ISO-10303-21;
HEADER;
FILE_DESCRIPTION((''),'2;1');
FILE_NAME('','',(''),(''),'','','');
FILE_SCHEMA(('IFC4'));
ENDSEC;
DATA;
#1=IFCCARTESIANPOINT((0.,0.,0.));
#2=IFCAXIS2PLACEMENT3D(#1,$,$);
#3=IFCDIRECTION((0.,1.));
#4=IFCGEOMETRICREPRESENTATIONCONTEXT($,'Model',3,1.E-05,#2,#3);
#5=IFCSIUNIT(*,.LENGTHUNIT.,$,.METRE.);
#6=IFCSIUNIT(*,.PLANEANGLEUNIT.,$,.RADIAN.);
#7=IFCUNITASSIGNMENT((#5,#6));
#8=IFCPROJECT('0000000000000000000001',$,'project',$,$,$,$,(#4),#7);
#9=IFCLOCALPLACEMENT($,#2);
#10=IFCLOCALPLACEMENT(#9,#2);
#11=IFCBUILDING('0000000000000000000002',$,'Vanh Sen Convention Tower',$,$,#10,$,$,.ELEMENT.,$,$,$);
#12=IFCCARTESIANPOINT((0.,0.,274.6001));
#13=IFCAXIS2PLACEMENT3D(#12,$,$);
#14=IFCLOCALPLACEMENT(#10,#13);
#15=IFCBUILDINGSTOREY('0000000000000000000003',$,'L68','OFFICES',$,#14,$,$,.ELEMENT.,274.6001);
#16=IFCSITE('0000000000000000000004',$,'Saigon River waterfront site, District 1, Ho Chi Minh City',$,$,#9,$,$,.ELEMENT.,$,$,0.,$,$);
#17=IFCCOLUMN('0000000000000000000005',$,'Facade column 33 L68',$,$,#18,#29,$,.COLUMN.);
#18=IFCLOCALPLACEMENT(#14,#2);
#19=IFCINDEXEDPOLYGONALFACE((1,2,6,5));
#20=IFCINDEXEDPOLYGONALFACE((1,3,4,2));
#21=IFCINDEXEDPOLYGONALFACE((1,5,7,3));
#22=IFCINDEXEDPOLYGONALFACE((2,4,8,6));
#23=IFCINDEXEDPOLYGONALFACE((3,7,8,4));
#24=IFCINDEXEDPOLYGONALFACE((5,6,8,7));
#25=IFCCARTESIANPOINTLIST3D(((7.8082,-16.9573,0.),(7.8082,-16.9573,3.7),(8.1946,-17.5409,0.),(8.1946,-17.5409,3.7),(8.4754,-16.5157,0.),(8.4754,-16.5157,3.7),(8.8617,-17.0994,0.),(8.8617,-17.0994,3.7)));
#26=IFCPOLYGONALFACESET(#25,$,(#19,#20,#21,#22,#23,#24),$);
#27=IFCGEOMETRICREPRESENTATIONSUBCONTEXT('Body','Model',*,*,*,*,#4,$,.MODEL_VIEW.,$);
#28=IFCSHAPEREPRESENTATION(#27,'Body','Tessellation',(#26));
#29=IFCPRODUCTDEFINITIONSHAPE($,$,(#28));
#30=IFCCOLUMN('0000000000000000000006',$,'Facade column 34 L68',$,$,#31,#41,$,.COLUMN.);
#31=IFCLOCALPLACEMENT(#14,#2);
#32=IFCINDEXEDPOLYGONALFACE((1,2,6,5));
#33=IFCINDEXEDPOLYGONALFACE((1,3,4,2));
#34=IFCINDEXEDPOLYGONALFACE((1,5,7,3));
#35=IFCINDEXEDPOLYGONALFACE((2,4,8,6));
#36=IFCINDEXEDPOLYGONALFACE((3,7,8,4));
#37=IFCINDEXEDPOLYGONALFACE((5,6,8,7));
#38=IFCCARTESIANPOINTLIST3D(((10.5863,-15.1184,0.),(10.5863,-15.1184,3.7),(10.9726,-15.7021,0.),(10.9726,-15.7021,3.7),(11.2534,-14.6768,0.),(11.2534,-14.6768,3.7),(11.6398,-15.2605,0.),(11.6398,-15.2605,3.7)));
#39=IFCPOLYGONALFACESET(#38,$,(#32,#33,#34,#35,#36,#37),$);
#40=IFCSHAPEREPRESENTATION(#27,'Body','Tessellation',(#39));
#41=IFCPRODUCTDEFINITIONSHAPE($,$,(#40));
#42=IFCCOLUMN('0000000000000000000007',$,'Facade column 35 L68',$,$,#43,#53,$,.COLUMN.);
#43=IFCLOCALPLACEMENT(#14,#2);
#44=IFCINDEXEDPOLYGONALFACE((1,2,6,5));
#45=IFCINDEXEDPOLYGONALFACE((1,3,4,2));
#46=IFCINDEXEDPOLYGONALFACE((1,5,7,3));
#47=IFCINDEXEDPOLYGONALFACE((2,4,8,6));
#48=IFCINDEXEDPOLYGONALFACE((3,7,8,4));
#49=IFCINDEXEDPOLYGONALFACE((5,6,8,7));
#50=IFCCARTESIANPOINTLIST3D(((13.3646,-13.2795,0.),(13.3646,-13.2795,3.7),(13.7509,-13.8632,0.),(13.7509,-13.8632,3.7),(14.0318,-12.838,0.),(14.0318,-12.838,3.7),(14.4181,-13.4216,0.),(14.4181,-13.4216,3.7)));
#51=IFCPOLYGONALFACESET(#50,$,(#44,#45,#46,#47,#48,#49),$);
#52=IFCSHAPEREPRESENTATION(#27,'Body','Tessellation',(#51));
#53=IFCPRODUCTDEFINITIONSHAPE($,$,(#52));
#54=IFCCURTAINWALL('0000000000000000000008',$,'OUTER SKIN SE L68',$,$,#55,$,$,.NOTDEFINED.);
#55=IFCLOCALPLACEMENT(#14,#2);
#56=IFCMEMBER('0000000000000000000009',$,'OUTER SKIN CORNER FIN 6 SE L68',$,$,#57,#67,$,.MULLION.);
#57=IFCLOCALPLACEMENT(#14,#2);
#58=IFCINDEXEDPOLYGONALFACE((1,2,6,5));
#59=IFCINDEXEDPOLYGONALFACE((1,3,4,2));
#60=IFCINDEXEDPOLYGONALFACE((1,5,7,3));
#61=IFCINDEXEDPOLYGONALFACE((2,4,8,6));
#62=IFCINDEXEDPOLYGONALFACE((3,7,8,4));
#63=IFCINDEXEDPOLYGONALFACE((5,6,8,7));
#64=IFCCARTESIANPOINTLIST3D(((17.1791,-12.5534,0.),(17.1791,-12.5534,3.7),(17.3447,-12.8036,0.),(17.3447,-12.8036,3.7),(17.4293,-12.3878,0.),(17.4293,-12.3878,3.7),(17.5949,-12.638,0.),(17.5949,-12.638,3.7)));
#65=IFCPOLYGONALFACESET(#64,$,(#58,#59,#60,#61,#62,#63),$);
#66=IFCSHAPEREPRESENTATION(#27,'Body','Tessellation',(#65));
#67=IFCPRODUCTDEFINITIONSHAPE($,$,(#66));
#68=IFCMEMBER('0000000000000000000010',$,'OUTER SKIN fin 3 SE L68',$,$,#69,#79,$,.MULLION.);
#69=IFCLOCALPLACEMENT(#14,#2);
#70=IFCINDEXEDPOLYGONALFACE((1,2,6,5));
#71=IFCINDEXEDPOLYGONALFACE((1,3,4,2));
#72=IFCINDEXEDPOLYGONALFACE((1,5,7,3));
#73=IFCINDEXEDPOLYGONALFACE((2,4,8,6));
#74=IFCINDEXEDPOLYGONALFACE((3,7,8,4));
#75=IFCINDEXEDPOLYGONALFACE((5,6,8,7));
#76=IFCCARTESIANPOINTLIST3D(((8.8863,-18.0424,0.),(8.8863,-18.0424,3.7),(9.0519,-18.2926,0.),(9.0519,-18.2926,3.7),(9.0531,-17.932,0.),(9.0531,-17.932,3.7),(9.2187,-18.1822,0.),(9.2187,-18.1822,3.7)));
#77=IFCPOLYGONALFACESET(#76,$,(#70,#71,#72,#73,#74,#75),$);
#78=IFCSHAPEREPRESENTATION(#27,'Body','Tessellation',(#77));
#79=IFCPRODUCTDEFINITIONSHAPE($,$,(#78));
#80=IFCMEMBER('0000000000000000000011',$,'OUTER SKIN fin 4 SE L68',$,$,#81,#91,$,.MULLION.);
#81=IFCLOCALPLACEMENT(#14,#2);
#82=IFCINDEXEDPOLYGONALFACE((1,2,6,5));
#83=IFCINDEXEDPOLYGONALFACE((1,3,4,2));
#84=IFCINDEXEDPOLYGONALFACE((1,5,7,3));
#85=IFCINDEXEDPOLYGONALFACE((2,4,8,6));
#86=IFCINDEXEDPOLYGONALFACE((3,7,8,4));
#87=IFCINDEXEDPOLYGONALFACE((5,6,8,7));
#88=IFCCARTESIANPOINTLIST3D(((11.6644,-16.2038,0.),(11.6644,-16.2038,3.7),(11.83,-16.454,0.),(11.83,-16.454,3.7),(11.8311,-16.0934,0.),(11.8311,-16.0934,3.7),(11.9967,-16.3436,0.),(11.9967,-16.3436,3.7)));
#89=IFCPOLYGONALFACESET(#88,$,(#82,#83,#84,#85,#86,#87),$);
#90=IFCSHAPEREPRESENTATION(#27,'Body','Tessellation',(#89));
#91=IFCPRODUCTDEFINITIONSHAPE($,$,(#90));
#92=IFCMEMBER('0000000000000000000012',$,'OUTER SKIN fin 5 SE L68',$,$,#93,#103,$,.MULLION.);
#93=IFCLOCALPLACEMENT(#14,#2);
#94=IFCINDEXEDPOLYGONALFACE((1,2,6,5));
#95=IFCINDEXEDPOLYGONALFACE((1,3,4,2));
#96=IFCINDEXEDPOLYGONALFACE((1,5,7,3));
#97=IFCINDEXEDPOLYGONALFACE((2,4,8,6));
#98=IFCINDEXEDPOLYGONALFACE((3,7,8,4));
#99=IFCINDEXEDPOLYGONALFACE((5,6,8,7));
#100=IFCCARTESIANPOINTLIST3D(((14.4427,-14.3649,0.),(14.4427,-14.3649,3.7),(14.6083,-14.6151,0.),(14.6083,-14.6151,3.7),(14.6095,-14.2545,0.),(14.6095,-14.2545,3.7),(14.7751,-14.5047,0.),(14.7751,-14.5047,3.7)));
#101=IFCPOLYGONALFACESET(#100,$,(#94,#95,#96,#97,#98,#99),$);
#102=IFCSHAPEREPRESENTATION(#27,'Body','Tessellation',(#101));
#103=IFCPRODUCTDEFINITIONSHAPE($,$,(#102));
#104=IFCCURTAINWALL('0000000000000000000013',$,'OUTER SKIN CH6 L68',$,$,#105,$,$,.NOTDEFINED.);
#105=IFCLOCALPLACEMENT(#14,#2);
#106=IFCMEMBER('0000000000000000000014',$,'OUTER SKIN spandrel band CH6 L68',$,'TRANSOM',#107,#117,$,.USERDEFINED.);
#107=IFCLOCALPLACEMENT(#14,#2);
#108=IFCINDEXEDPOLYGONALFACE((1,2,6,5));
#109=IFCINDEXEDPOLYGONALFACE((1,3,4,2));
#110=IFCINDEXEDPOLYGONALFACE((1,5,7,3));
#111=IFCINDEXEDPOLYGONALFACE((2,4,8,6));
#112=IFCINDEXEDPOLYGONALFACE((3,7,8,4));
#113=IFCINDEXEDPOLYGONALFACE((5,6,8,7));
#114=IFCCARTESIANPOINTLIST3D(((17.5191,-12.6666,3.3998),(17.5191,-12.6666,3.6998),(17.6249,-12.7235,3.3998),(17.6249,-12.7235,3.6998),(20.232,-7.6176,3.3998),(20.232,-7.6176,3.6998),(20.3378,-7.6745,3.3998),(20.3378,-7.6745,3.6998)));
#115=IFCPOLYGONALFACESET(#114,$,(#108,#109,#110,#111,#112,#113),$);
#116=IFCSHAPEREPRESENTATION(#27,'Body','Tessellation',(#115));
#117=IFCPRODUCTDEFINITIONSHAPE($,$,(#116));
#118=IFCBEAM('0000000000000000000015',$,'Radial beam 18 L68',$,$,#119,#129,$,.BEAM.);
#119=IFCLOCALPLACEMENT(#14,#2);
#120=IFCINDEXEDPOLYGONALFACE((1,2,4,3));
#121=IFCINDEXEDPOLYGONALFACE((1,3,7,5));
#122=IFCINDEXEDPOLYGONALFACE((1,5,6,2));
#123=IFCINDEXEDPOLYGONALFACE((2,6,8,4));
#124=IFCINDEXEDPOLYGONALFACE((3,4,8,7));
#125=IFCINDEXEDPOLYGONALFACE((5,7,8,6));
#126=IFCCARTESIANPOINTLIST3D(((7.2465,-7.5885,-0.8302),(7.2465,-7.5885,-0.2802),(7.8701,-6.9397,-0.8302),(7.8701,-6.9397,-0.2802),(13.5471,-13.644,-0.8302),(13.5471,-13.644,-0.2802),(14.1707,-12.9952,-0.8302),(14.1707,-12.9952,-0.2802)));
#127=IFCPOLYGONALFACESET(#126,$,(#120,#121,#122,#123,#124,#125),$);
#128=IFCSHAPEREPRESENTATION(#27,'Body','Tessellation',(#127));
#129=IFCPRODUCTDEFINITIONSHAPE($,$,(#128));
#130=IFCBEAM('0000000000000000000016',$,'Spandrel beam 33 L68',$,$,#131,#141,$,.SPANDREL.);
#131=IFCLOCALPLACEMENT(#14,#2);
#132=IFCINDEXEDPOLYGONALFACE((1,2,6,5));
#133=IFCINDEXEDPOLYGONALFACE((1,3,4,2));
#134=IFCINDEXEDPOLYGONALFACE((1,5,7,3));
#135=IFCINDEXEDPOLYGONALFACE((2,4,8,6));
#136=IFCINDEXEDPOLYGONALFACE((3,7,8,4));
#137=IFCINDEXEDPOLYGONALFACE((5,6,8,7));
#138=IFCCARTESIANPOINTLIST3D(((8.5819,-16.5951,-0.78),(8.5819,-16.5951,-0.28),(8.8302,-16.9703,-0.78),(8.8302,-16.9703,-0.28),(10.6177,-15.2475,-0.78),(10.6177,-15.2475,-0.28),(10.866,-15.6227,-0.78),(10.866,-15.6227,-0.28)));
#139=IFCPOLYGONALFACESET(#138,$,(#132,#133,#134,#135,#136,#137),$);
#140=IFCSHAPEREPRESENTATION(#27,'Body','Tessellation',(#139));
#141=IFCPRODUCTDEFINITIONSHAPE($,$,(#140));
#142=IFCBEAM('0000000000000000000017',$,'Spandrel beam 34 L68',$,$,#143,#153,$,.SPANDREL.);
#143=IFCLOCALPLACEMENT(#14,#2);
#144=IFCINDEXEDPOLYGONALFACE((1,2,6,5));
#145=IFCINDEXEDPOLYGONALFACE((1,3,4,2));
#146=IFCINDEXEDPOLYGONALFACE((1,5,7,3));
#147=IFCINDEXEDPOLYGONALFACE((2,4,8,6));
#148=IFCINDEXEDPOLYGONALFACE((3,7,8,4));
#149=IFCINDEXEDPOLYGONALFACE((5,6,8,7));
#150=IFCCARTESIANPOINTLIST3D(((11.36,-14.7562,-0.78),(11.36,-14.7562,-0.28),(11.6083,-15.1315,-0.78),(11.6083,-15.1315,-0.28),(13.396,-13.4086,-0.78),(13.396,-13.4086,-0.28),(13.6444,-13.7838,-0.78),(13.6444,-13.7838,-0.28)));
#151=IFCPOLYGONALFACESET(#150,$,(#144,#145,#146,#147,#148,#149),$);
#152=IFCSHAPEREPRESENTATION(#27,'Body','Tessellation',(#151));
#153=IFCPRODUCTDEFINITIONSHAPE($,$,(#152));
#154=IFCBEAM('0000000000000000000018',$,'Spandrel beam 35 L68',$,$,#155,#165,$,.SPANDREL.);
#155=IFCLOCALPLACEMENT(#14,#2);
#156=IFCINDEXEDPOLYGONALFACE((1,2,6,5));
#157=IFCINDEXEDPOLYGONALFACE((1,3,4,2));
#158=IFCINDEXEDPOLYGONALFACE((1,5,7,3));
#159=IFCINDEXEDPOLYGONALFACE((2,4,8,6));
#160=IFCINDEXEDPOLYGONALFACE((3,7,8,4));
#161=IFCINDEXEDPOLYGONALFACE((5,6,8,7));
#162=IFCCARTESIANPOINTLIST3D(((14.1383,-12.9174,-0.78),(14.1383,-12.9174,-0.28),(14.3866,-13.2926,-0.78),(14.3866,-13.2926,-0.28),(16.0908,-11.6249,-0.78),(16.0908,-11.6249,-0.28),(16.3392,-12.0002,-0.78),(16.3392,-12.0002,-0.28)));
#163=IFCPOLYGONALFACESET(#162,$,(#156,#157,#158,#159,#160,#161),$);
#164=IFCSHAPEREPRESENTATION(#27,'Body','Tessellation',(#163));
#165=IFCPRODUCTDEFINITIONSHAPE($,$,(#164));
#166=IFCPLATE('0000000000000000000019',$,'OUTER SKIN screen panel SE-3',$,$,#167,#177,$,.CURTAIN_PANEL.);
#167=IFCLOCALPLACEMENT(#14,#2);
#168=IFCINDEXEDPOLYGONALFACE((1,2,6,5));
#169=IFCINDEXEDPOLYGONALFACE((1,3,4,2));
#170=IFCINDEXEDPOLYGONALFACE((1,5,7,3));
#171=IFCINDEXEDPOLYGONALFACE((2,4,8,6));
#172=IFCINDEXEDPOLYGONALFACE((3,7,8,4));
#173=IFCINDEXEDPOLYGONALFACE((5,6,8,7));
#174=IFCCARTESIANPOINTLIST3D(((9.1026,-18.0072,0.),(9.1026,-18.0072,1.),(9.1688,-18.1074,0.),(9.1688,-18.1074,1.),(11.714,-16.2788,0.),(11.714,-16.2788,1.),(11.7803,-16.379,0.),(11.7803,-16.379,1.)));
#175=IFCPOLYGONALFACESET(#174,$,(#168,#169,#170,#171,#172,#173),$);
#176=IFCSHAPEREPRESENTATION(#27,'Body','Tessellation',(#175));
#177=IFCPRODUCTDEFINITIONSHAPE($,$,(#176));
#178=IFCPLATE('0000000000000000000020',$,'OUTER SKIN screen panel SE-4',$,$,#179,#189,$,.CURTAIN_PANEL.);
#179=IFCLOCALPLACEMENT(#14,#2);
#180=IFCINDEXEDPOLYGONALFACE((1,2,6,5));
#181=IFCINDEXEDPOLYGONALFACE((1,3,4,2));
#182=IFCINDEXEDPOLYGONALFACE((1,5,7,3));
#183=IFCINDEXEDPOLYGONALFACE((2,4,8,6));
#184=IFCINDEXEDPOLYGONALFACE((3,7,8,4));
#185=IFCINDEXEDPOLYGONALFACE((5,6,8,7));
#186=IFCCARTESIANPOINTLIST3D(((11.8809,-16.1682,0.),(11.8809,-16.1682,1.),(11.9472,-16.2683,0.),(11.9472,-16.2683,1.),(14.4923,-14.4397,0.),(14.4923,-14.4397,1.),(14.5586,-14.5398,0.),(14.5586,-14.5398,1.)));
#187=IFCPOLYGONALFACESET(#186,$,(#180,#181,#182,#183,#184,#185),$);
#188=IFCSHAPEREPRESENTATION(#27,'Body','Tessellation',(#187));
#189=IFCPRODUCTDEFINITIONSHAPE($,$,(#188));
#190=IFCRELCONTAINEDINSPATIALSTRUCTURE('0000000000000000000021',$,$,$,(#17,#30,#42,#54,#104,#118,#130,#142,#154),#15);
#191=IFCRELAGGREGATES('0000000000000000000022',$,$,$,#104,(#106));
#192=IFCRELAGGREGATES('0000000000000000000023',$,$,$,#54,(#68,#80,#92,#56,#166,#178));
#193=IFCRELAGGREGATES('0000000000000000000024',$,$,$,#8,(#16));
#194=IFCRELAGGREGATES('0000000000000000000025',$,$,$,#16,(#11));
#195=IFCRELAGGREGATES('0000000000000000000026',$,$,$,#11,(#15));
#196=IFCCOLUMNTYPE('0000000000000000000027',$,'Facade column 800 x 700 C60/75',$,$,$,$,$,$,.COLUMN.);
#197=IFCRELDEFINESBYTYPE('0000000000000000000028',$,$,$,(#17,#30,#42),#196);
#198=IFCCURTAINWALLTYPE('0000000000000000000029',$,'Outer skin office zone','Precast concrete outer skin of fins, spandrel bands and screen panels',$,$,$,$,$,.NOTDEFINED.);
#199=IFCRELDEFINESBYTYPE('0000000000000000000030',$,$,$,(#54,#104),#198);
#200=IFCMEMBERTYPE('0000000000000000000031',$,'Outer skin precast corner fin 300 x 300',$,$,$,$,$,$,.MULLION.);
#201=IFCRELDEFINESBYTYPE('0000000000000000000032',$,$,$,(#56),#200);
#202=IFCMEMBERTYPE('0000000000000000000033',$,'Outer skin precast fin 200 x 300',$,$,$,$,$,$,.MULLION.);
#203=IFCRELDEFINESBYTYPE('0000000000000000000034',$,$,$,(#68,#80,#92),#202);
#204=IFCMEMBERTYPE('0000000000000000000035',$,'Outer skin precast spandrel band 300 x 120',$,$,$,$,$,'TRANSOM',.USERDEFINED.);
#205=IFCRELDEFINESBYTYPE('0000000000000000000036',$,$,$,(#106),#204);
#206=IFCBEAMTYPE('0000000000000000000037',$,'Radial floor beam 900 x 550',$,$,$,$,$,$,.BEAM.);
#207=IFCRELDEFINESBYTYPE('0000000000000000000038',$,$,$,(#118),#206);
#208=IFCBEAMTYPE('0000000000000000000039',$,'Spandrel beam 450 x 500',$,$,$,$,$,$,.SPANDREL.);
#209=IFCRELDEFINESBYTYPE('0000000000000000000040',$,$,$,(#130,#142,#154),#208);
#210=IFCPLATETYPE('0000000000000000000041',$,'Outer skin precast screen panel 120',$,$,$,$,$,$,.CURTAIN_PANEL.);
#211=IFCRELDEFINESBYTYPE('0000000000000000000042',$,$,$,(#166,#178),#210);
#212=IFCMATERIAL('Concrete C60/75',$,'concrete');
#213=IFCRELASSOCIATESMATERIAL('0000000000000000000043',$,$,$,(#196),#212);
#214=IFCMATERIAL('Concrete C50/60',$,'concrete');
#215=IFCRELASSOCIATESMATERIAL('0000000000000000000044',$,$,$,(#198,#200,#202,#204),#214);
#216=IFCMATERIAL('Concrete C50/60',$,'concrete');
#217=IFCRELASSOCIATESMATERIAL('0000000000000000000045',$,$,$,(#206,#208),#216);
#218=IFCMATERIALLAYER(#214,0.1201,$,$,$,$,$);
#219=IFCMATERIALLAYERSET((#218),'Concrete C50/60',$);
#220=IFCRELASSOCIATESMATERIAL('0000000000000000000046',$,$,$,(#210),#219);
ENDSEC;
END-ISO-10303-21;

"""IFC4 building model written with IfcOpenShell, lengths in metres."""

from ifc_helpers import new_model, si_unit, direction, frame, origin, origin_2d, place, context, subcontext, project, spatial, rectangle, extrude, material, layer, layer_set, material_profile, profile_set, type_object, element, aggregate, save


model = new_model("IFC4")

# Units and contexts
model_context = context("Model", 3, precision=1e-05, world=origin(), true_north=direction((0.0, 1.0)))
body_context = subcontext(model_context, "Body", "Model", "MODEL_VIEW")
ifc_project = project(units=[si_unit("LENGTHUNIT", "METRE"), si_unit("PLANEANGLEUNIT", "RADIAN")], contexts=[model_context])

# Site, building, storey
site_placement = place(None, origin())
site = spatial("IfcSite", under=ifc_project, at=site_placement, Name="Saigon River waterfront site, District 1, Ho Chi Minh City", CompositionType="ELEMENT", RefElevation=0.0)
building_placement = place(site_placement, origin())
building = spatial("IfcBuilding", under=site, at=building_placement, Name="Vanh Sen Convention Tower", CompositionType="ELEMENT")
storey_placement = place(building_placement, frame((0.0, 0.0, 274.6001)))
storey = spatial("IfcBuildingStorey", under=building, at=storey_placement, Name="L68", Description="OFFICES", CompositionType="ELEMENT", Elevation=274.6001)

# Columns
ifc_material_1 = material(Name="Concrete C60/75", Category="concrete")
ifc_material_profile_1 = material_profile(ifc_material_1, rectangle(XDim=0.8, YDim=0.7, at=origin_2d()), Name="RC 800X700")
ifc_profile_set_1 = profile_set([ifc_material_profile_1], Name="Concrete C60/75")
column_type = type_object("IfcColumnType", Name="Facade column 800 x 700 C60/75", PredefinedType="COLUMN", material=ifc_profile_set_1)
for number, where, z_axis, x_axis, name in (
    (1, (8.335, -17.0283, 0.0), (0.0, 0.0, 1.0), (0.833886, 0.551937, 0.0), "Facade column 33 L68"),
    (2, (11.113, -15.1895, 0.0), (0.0, 0.0, 1.0), (0.833886, 0.551937, 0.0), "Facade column 34 L68"),
    (3, (13.8914, -13.3506, 0.0), (0.0, 0.0, 1.0), (0.833886, 0.551937, 0.0), "Facade column 35 L68"),
):
    element("IfcColumn", number, at=place(storey_placement, frame(where, z_axis=z_axis, x_axis=x_axis)), inside=storey, type_object=column_type, Name=name, PredefinedType="COLUMN", context=body_context, shape_type="SweptSolid", body=[
        extrude(rectangle(XDim=0.8, YDim=0.7, at=origin_2d()), origin(), (0.0, 0.0, 1.0), 3.7),
    ])

# Curtain wall, members
ifc_material_2 = material(Name="Concrete C50/60", Category="concrete")
curtain_wall_type = type_object("IfcCurtainWallType", Name="Outer skin office zone", Description="Precast concrete outer skin of fins, spandrel bands and screen panels", PredefinedType="NOTDEFINED", material=ifc_material_2)
curtain_wall_1_placement = place(storey_placement, origin())
curtain_wall_1 = element("IfcCurtainWall", 4, at=curtain_wall_1_placement, inside=storey, type_object=curtain_wall_type, Name="OUTER SKIN SE L68", PredefinedType="NOTDEFINED")
ifc_material_profile_2 = material_profile(ifc_material_2, rectangle(XDim=0.3, YDim=0.3, at=origin_2d()), Name="Outer skin precast corner fin 300 x 300")
ifc_profile_set_2 = profile_set([ifc_material_profile_2], Name="Concrete C50/60")
member_type_1 = type_object("IfcMemberType", Name="Outer skin precast corner fin 300 x 300", PredefinedType="MULLION", material=ifc_profile_set_2)
member_1_placement = place(storey_placement, frame((17.387, -12.5957, 0.0), z_axis=(0.0, 0.0, 1.0), x_axis=(0.833886, 0.551937, 0.0)))
member_1 = element("IfcMember", 5, at=member_1_placement, type_object=member_type_1, Name="OUTER SKIN CORNER FIN 6 SE L68", PredefinedType="MULLION", context=body_context, shape_type="SweptSolid", body=[
    extrude(rectangle(XDim=0.3, YDim=0.3, at=origin_2d()), origin(), (0.0, 0.0, 1.0), 3.7),
])
ifc_material_profile_3 = material_profile(ifc_material_2, rectangle(XDim=0.2, YDim=0.3, at=origin_2d()), Name="Outer skin precast fin 200 x 300")
ifc_profile_set_3 = profile_set([ifc_material_profile_3], Name="Concrete C50/60")
member_type_2 = type_object("IfcMemberType", Name="Outer skin precast fin 200 x 300", PredefinedType="MULLION", material=ifc_profile_set_3)
member_2_placement = place(storey_placement, frame((9.0525, -18.1123, 0.0), z_axis=(0.0, 0.0, 1.0), x_axis=(0.833886, 0.551937, 0.0)))
member_2 = element("IfcMember", 6, at=member_2_placement, type_object=member_type_2, Name="OUTER SKIN fin 3 SE L68", PredefinedType="MULLION", context=body_context, shape_type="SweptSolid", body=[
    extrude(rectangle(XDim=0.2, YDim=0.3, at=origin_2d()), origin(), (0.0, 0.0, 1.0), 3.7),
])
member_3_placement = place(storey_placement, frame((11.8306, -16.2737, 0.0), z_axis=(0.0, 0.0, 1.0), x_axis=(0.833886, 0.551937, 0.0)))
member_3 = element("IfcMember", 7, at=member_3_placement, type_object=member_type_2, Name="OUTER SKIN fin 4 SE L68", PredefinedType="MULLION", context=body_context, shape_type="SweptSolid", body=[
    extrude(rectangle(XDim=0.2, YDim=0.3, at=origin_2d()), origin(), (0.0, 0.0, 1.0), 3.7),
])
member_4_placement = place(storey_placement, frame((14.6089, -14.4348, 0.0), z_axis=(0.0, 0.0, 1.0), x_axis=(0.833886, 0.551937, 0.0)))
member_4 = element("IfcMember", 8, at=member_4_placement, type_object=member_type_2, Name="OUTER SKIN fin 5 SE L68", PredefinedType="MULLION", context=body_context, shape_type="SweptSolid", body=[
    extrude(rectangle(XDim=0.2, YDim=0.3, at=origin_2d()), origin(), (0.0, 0.0, 1.0), 3.7),
])

# Curtain wall, member
curtain_wall_2_placement = place(storey_placement, origin())
curtain_wall_2 = element("IfcCurtainWall", 9, at=curtain_wall_2_placement, inside=storey, type_object=curtain_wall_type, Name="OUTER SKIN CH6 L68", PredefinedType="NOTDEFINED")
ifc_material_profile_4 = material_profile(ifc_material_2, rectangle(XDim=0.1201, YDim=0.3, at=origin_2d()), Name="Outer skin precast spandrel band 300 x 120")
ifc_profile_set_4 = profile_set([ifc_material_profile_4], Name="Concrete C50/60")
member_type_3 = type_object("IfcMemberType", Name="Outer skin precast spandrel band 300 x 120", ElementType="TRANSOM", PredefinedType="USERDEFINED", material=ifc_profile_set_4)
member_5_placement = place(storey_placement, frame((17.572, -12.6951, 3.5498), z_axis=(0.47331, 0.880896, 0.0), x_axis=(-0.880896, 0.47331, 0.0)))
member_5 = element("IfcMember", 10, at=member_5_placement, type_object=member_type_3, Name="OUTER SKIN spandrel band CH6 L68", ObjectType="TRANSOM", PredefinedType="USERDEFINED", context=body_context, shape_type="SweptSolid", body=[
    extrude(rectangle(XDim=0.1201, YDim=0.3, at=origin_2d()), origin(), (0.0, 0.0, 1.0), 5.7317),
])
aggregate(curtain_wall_2, [member_5])

# Beams
ifc_material_3 = material(Name="Concrete C50/60", Category="concrete")
ifc_material_profile_5 = material_profile(ifc_material_3, rectangle(XDim=0.8999, YDim=0.55, at=origin_2d()), Name="RC 900X550")
ifc_profile_set_5 = profile_set([ifc_material_profile_5], Name="Concrete C50/60")
beam_type_1 = type_object("IfcBeamType", Name="Radial floor beam 900 x 550", PredefinedType="BEAM", material=ifc_profile_set_5)
beam_1_placement = place(storey_placement, frame((13.8589, -13.3196, -0.5552), z_axis=(-0.720992, 0.692943, 0.0), x_axis=(-0.692943, -0.720992, 0.0)))
element("IfcBeam", 11, at=beam_1_placement, inside=storey, type_object=beam_type_1, Name="Radial beam 18 L68", PredefinedType="BEAM", context=body_context, shape_type="SweptSolid", body=[
    extrude(rectangle(XDim=0.8999, YDim=0.55, at=origin_2d()), origin(), (0.0, 0.0, 1.0), 8.7388),
])
ifc_material_profile_6 = material_profile(ifc_material_3, rectangle(XDim=0.45, YDim=0.5, at=origin_2d()), Name="RC 450X500")
ifc_profile_set_6 = profile_set([ifc_material_profile_6], Name="Concrete C50/60")
beam_type_2 = type_object("IfcBeamType", Name="Spandrel beam 450 x 500", PredefinedType="SPANDREL", material=ifc_profile_set_6)
beam_2_placement = place(storey_placement, frame((8.7061, -16.7827, -0.53), z_axis=(0.833861, 0.551974, 0.0), x_axis=(-0.551974, 0.833861, 0.0)))
element("IfcBeam", 12, at=beam_2_placement, inside=storey, type_object=beam_type_2, Name="Spandrel beam 33 L68", PredefinedType="SPANDREL", context=body_context, shape_type="SweptSolid", body=[
    extrude(rectangle(XDim=0.45, YDim=0.5, at=origin_2d()), origin(), (0.0, 0.0, 1.0), 2.4414),
])
beam_3_placement = place(storey_placement, frame((11.4841, -14.9438, -0.53), z_axis=(0.833892, 0.551928, 0.0), x_axis=(-0.551928, 0.833892, 0.0)))
element("IfcBeam", 13, at=beam_3_placement, inside=storey, type_object=beam_type_2, Name="Spandrel beam 34 L68", PredefinedType="SPANDREL", context=body_context, shape_type="SweptSolid", body=[
    extrude(rectangle(XDim=0.45, YDim=0.5, at=origin_2d()), origin(), (0.0, 0.0, 1.0), 2.4417),
])
beam_4_placement = place(storey_placement, frame((14.2625, -13.105, -0.53), z_axis=(0.833874, 0.551954, 0.0), x_axis=(-0.551954, 0.833874, 0.0)))
element("IfcBeam", 14, at=beam_4_placement, inside=storey, type_object=beam_type_2, Name="Spandrel beam 35 L68", PredefinedType="SPANDREL", context=body_context, shape_type="SweptSolid", body=[
    extrude(rectangle(XDim=0.45, YDim=0.5, at=origin_2d()), origin(), (0.0, 0.0, 1.0), 2.3416),
])

# Plates
ifc_layer_1 = layer(ifc_material_2, 0.1201)
ifc_layer_set_1 = layer_set([ifc_layer_1], Name="Concrete C50/60")
plate_type = type_object("IfcPlateType", Name="Outer skin precast screen panel 120", PredefinedType="CURTAIN_PANEL", material=ifc_layer_set_1)
plate_1_placement = place(storey_placement, frame((10.4414, -17.1931, 0.0), z_axis=(0.0, 0.0, 1.0), x_axis=(0.833893, 0.551927, 0.0)))
plate_1 = element("IfcPlate", 15, at=plate_1_placement, type_object=plate_type, Name="OUTER SKIN screen panel SE-3", PredefinedType="CURTAIN_PANEL", context=body_context, shape_type="SweptSolid", body=[
    extrude(rectangle(XDim=3.1316, YDim=0.1201, at=origin_2d()), origin(), (0.0, 0.0, 1.0), 1.0),
])
plate_2_placement = place(storey_placement, frame((13.2197, -15.354, 0.0), z_axis=(0.0, 0.0, 1.0), x_axis=(0.833879, 0.551947, 0.0)))
plate_2 = element("IfcPlate", 16, at=plate_2_placement, type_object=plate_type, Name="OUTER SKIN screen panel SE-4", PredefinedType="CURTAIN_PANEL", context=body_context, shape_type="SweptSolid", body=[
    extrude(rectangle(XDim=3.1316, YDim=0.1201, at=origin_2d()), origin(), (0.0, 0.0, 1.0), 1.0),
])
aggregate(curtain_wall_1, [member_2, member_3, member_4, member_1, plate_1, plate_2])

save(model, "model.ifc")
